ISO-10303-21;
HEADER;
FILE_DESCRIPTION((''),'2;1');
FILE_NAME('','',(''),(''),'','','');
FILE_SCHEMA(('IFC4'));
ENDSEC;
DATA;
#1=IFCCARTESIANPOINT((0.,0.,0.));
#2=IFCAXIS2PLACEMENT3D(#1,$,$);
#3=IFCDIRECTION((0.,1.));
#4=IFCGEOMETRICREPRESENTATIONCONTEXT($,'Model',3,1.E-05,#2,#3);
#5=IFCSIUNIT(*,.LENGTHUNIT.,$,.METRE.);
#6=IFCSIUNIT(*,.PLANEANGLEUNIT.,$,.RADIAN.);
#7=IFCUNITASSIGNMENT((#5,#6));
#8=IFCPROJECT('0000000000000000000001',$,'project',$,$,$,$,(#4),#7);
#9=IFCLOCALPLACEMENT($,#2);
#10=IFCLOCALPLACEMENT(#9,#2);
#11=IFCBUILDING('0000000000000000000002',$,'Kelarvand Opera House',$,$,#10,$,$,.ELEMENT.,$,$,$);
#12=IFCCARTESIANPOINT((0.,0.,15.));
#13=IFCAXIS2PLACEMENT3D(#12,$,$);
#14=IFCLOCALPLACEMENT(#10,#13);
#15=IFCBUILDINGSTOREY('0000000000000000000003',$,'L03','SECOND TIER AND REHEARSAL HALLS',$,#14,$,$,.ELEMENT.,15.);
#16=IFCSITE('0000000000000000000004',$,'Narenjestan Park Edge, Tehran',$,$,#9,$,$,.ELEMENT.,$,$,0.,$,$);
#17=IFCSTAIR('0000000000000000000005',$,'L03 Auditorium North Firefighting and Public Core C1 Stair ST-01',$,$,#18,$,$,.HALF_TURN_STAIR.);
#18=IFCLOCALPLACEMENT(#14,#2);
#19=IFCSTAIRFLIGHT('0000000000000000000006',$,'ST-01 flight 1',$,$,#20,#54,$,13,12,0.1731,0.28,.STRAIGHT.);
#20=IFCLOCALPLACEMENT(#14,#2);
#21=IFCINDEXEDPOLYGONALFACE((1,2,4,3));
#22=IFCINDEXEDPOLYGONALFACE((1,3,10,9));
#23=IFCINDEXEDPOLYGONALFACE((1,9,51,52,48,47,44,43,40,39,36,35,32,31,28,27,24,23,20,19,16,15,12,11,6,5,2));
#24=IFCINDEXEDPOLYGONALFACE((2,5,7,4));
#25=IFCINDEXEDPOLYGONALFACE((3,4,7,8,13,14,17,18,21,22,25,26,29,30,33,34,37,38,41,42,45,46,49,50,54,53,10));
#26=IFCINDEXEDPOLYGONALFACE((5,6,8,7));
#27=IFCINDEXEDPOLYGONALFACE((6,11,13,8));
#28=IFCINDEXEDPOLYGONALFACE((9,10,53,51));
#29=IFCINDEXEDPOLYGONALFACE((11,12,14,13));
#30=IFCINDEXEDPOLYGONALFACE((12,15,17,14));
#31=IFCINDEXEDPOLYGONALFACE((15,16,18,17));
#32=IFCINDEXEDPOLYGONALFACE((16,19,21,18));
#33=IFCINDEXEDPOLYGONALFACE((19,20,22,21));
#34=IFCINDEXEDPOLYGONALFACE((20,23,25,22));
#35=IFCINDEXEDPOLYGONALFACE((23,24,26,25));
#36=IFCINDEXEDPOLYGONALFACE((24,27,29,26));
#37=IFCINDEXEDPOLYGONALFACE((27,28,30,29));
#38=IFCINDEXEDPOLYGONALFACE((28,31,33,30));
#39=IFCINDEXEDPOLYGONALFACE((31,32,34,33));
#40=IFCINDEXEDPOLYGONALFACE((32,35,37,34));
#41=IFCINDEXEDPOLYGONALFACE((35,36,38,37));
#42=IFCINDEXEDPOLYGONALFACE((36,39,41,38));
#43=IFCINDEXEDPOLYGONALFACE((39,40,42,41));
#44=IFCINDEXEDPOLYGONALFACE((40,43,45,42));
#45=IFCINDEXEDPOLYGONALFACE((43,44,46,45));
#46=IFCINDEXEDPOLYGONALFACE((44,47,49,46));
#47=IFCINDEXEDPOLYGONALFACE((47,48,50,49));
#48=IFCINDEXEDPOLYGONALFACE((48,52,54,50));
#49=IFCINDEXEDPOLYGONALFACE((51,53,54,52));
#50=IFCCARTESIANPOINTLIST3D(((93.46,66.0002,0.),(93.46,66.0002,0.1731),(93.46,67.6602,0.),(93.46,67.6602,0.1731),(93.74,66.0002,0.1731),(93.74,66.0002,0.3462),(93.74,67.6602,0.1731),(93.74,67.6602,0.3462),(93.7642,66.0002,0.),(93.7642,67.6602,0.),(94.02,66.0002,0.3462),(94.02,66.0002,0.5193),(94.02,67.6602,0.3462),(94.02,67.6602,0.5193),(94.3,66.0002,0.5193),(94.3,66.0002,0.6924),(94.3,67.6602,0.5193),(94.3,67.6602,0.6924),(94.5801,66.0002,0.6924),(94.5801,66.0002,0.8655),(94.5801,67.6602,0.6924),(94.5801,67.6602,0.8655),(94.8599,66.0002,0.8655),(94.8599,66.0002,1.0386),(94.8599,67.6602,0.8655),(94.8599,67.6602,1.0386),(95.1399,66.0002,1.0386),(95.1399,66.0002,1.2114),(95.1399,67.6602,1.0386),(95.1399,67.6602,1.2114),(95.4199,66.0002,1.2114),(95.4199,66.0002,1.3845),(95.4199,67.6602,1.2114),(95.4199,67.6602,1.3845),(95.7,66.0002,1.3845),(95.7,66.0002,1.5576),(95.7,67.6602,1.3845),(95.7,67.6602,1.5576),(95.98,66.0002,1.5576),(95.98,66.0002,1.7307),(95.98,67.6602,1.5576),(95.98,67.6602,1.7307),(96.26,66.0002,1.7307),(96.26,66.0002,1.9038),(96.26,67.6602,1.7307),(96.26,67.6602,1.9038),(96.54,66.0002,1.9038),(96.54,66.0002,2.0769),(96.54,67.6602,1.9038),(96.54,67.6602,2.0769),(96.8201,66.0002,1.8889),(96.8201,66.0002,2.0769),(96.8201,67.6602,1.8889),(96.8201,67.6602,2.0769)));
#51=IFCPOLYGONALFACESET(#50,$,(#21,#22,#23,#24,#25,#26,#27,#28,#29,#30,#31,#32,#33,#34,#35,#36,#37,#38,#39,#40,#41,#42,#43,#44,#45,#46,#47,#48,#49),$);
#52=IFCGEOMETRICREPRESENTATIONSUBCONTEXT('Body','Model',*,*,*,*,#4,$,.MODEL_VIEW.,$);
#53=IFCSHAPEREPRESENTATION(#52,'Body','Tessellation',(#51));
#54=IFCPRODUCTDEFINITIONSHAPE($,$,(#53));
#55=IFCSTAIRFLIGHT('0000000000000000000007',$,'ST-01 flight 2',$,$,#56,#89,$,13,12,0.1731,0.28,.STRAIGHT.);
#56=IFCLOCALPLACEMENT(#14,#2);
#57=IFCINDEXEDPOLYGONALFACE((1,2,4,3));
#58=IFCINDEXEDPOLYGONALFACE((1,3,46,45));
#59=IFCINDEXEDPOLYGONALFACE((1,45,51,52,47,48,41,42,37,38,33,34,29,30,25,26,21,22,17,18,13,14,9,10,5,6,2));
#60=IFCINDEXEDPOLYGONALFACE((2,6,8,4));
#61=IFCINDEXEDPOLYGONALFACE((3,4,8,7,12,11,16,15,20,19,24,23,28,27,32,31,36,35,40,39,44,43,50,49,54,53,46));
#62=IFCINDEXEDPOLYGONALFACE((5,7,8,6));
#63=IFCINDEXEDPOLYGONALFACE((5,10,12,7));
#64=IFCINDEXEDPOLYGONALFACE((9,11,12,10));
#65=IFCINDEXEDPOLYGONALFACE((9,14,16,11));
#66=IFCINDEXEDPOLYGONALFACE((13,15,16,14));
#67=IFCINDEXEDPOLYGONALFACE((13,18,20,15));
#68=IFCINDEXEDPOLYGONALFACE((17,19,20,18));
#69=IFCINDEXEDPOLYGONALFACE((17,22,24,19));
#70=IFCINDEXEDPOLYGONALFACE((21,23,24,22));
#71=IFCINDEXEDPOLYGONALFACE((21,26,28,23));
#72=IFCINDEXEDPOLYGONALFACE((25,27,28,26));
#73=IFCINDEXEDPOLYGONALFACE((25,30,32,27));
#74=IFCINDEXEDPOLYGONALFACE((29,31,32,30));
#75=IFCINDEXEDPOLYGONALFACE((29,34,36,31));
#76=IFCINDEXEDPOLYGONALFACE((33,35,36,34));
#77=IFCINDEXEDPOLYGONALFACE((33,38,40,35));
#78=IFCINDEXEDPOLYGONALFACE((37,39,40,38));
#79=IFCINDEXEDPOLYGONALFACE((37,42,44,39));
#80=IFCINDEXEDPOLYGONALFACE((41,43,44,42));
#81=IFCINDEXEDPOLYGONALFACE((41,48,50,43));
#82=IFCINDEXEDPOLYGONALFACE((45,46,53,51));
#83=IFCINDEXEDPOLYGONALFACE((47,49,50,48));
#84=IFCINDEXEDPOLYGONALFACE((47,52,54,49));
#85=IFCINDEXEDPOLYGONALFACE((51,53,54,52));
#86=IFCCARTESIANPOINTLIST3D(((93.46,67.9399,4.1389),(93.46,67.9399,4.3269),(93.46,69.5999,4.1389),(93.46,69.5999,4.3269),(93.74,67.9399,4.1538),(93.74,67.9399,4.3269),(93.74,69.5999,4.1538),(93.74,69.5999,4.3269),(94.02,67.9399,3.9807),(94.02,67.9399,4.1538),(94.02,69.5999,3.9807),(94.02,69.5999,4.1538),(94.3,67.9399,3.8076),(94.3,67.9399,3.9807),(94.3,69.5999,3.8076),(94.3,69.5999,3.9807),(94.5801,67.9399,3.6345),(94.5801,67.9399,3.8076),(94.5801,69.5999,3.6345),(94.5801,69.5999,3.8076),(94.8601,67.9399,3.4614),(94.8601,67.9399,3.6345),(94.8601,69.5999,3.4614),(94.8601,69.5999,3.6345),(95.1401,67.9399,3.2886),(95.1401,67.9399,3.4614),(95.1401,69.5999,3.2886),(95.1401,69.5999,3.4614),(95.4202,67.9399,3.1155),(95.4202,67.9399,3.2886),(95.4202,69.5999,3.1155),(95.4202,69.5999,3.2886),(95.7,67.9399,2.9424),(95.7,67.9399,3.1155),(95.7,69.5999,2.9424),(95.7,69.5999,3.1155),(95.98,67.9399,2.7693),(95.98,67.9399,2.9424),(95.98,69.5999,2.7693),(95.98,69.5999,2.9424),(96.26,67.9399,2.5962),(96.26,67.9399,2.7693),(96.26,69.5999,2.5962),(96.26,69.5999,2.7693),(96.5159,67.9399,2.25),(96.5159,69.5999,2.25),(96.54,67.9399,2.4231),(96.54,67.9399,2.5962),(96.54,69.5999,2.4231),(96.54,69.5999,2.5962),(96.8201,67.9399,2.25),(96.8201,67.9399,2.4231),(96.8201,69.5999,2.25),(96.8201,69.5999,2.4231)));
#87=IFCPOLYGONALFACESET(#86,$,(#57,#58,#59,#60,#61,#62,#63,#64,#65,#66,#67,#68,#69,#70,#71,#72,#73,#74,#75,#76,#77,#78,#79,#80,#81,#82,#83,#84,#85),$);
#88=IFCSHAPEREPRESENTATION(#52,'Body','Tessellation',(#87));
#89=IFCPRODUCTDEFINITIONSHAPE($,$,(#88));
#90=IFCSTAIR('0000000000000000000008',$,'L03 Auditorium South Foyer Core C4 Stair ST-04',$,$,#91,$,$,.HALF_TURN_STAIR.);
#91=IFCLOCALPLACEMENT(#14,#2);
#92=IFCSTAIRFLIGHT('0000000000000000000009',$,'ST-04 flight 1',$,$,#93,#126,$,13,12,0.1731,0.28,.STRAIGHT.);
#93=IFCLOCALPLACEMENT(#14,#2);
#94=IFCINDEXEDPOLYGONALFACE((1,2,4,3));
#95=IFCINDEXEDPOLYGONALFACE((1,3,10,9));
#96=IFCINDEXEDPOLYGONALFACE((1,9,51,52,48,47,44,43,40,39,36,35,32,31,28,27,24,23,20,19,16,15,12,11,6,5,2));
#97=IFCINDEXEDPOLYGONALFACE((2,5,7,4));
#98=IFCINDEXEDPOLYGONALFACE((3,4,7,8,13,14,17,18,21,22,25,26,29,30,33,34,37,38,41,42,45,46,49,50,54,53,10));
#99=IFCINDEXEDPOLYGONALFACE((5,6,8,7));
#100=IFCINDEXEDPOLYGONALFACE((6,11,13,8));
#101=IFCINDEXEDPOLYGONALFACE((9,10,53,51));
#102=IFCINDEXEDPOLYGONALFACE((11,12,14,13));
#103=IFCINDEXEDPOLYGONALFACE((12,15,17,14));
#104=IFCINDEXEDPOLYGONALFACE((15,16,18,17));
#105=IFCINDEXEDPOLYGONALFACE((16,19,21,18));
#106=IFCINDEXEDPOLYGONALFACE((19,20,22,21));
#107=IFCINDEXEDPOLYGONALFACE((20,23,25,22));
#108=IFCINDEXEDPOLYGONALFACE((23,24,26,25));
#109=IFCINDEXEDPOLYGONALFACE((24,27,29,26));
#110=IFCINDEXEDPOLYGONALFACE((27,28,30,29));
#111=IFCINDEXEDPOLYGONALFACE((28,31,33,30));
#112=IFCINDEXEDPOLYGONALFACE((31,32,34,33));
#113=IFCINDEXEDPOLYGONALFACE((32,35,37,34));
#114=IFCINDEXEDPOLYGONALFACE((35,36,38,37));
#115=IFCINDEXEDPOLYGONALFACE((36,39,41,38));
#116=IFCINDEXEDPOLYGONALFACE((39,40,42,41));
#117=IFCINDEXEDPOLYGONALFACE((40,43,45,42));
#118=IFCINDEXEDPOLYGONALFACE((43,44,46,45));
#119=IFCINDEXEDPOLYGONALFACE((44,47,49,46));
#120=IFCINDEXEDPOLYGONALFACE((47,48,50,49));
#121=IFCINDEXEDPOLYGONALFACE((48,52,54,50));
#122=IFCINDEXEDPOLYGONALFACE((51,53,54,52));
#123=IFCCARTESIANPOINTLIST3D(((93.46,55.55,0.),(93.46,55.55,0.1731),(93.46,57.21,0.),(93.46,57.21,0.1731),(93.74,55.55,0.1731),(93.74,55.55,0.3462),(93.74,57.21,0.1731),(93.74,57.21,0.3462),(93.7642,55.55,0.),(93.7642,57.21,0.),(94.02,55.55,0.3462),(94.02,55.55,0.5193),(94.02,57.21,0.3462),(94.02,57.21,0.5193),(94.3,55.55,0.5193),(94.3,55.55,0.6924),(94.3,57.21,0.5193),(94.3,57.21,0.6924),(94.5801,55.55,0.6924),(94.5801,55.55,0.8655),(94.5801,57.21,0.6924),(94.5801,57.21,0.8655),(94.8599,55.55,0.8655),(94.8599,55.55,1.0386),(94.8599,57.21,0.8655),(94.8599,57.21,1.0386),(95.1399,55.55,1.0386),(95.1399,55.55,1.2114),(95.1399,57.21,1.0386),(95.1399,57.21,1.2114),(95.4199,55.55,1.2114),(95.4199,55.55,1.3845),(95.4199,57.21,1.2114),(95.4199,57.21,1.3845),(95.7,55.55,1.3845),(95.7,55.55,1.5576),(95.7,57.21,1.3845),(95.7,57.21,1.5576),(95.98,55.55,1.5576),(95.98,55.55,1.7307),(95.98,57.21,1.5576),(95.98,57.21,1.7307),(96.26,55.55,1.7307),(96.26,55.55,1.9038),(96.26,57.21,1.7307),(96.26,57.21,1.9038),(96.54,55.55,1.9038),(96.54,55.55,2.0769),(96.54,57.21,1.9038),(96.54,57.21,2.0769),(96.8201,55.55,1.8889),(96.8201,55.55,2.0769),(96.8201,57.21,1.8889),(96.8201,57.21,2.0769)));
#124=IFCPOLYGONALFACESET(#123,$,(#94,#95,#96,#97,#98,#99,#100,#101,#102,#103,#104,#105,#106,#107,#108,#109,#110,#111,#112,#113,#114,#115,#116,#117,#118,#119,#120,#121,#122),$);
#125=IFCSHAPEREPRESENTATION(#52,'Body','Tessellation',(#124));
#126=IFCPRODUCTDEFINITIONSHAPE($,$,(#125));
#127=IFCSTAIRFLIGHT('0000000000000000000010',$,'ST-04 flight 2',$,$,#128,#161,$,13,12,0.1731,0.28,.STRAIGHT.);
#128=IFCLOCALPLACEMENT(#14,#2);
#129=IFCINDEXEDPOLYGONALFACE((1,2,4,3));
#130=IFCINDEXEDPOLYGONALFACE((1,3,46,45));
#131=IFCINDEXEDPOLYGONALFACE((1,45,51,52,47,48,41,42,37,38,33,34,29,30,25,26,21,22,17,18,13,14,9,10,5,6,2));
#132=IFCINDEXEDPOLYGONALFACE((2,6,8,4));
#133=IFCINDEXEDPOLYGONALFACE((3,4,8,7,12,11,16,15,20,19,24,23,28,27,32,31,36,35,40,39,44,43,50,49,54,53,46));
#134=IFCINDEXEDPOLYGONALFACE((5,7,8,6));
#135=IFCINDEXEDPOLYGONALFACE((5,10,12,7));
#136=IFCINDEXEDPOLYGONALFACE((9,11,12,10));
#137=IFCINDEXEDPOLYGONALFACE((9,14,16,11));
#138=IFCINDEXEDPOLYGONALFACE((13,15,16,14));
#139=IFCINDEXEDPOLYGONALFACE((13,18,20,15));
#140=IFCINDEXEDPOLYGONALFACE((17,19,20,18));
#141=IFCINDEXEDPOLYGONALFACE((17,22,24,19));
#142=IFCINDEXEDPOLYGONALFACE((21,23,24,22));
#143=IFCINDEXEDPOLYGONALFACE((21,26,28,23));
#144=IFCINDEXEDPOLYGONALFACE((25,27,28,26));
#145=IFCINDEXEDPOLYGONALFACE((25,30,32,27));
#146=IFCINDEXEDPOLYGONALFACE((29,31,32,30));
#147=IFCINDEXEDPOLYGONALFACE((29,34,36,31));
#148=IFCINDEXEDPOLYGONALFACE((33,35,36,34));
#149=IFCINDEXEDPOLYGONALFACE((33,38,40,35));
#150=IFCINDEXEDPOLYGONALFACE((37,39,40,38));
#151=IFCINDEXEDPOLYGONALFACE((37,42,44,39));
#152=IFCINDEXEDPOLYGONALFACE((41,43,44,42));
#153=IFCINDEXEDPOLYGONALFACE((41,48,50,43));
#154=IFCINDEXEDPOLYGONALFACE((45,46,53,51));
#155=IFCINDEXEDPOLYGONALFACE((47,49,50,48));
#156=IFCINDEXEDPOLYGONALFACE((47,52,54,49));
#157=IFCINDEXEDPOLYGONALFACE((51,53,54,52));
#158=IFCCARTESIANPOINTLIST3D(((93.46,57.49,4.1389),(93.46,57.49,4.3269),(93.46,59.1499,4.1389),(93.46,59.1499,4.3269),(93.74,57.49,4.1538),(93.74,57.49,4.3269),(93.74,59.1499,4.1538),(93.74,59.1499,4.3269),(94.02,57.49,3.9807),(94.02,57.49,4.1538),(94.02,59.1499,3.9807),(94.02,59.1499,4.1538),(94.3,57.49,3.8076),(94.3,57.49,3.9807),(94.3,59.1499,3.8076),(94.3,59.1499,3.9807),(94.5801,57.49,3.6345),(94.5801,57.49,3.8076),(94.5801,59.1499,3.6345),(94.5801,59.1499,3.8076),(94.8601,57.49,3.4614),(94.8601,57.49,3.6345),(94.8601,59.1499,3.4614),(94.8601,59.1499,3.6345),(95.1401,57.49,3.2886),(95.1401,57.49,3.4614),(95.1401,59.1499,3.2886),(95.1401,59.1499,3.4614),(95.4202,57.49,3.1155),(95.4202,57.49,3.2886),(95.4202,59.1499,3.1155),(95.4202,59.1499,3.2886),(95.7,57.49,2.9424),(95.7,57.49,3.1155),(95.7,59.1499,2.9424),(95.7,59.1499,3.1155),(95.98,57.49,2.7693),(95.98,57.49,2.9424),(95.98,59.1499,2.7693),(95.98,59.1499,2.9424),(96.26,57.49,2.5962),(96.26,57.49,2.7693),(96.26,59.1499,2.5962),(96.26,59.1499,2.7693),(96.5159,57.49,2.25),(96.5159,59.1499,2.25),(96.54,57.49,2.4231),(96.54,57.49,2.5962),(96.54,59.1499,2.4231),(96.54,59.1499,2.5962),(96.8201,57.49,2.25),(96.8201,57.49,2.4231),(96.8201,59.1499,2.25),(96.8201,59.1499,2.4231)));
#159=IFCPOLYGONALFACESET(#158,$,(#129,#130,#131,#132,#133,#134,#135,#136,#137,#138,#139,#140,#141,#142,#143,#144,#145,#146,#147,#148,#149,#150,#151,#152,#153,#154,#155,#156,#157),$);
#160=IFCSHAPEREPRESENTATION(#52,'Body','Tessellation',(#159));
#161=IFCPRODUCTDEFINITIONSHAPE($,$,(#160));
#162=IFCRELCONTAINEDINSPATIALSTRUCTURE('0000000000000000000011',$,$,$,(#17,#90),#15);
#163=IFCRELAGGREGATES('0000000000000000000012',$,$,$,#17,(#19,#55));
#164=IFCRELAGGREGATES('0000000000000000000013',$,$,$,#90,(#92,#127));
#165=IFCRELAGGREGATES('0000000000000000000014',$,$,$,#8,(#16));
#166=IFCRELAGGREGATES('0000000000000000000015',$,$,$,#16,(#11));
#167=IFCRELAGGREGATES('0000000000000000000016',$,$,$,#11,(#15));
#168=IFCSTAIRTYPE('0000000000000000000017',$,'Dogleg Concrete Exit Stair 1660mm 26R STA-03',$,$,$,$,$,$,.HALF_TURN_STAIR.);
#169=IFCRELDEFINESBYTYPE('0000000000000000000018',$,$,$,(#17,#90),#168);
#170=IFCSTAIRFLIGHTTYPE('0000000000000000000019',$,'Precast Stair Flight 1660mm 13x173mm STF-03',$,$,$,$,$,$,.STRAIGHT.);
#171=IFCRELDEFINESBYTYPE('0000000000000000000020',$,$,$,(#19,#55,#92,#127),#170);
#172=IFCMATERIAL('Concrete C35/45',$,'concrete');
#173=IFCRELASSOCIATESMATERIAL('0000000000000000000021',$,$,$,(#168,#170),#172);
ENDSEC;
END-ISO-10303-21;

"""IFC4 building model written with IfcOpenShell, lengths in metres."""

from ifc_helpers import new_model, si_unit, direction, frame, origin, place, context, subcontext, project, spatial, polyline, outline, extrude, material, type_object, element, aggregate, save


model = new_model("IFC4")

# Units and contexts
model_context = context("Model", 3, precision=1e-05, world=origin(), true_north=direction((0.0, 1.0)))
body_context = subcontext(model_context, "Body", "Model", "MODEL_VIEW")
ifc_project = project(units=[si_unit("LENGTHUNIT", "METRE"), si_unit("PLANEANGLEUNIT", "RADIAN")], contexts=[model_context])

# Site, building, storey
site_placement = place(None, origin())
site = spatial("IfcSite", under=ifc_project, at=site_placement, Name="Narenjestan Park Edge, Tehran", CompositionType="ELEMENT", RefElevation=0.0)
building_placement = place(site_placement, origin())
building = spatial("IfcBuilding", under=site, at=building_placement, Name="Kelarvand Opera House", CompositionType="ELEMENT")
storey_placement = place(building_placement, frame((0.0, 0.0, 15.0)))
storey = spatial("IfcBuildingStorey", under=building, at=storey_placement, Name="L03", Description="SECOND TIER AND REHEARSAL HALLS", CompositionType="ELEMENT", Elevation=15.0)

# Shared definitions
ifc_material_1 = material(Name="Concrete C35/45", Category="concrete")

# Stairs, stair flights
stair_type = type_object("IfcStairType", Name="Dogleg Concrete Exit Stair 1660mm 26R STA-03", PredefinedType="HALF_TURN_STAIR", material=ifc_material_1)
stair_1_placement = place(storey_placement, origin())
stair_1 = element("IfcStair", 1, at=stair_1_placement, inside=storey, type_object=stair_type, Name="L03 Auditorium North Firefighting and Public Core C1 Stair ST-01", PredefinedType="HALF_TURN_STAIR")
stair_flight_type = type_object("IfcStairFlightType", Name="Precast Stair Flight 1660mm 13x173mm STF-03", PredefinedType="STRAIGHT", material=ifc_material_1)
stair_flight_1_placement = place(storey_placement, frame((93.46, 66.8301, 0.0), z_axis=(0.0, 0.0, 1.0), x_axis=(1.0, 0.0, 0.0)))
stair_flight_1 = element("IfcStairFlight", 2, at=stair_flight_1_placement, type_object=stair_flight_type, Name="ST-01 flight 1", NumberOfRisers=13, NumberOfTreads=12, PredefinedType="STRAIGHT", RiserHeight=0.1731, TreadLength=0.28, context=body_context, shape_type="SweptSolid", body=[
    extrude(outline(polyline([(0.0, 0.0), (0.0, 0.1731), (0.28, 0.1731), (0.28, 0.3462), (0.5601, 0.3462), (0.5601, 0.5193), (0.8401, 0.5193), (0.8401, 0.6924), (1.1201, 0.6924), (1.1201, 0.8655), (1.3999, 0.8655), (1.3999, 1.0386), (1.6799, 1.0386), (1.6799, 1.2114), (1.96, 1.2114), (1.96, 1.3845), (2.24, 1.3845), (2.24, 1.5576), (2.52, 1.5576), (2.52, 1.7307), (2.8, 1.7307), (2.8, 1.9038), (3.0801, 1.9038), (3.0801, 2.0769), (3.3601, 2.0769), (3.3601, 2.25), (3.3601, 1.8889), (0.3042, 0.0), (0.0, 0.0)])), frame((0.0, 0.8301, 0.0), z_axis=(0.0, -1.0, 0.0), x_axis=(1.0, 0.0, 0.0)), (0.0, 0.0, 1.0), 1.6599),
])
stair_flight_2_placement = place(storey_placement, frame((96.8201, 68.77, 2.25), z_axis=(0.0, 0.0, 1.0), x_axis=(-1.0, 0.0, 0.0)))
stair_flight_2 = element("IfcStairFlight", 3, at=stair_flight_2_placement, type_object=stair_flight_type, Name="ST-01 flight 2", NumberOfRisers=13, NumberOfTreads=12, PredefinedType="STRAIGHT", RiserHeight=0.1731, TreadLength=0.28, context=body_context, shape_type="SweptSolid", body=[
    extrude(outline(polyline([(0.0, 0.0), (0.0, 0.1731), (0.28, 0.1731), (0.28, 0.3462), (0.5601, 0.3462), (0.5601, 0.5193), (0.8401, 0.5193), (0.8401, 0.6924), (1.1201, 0.6924), (1.1201, 0.8655), (1.3999, 0.8655), (1.3999, 1.0386), (1.6799, 1.0386), (1.6799, 1.2114), (1.96, 1.2114), (1.96, 1.3845), (2.24, 1.3845), (2.24, 1.5576), (2.52, 1.5576), (2.52, 1.7307), (2.8, 1.7307), (2.8, 1.9038), (3.0801, 1.9038), (3.0801, 2.0769), (3.3601, 2.0769), (3.3601, 2.25), (3.3601, 1.8889), (0.3042, 0.0), (0.0, 0.0)])), frame((0.0, 0.8301, 0.0), z_axis=(0.0, -1.0, 0.0), x_axis=(1.0, 0.0, 0.0)), (0.0, 0.0, 1.0), 1.6599),
])
aggregate(stair_1, [stair_flight_1, stair_flight_2])
stair_2_placement = place(storey_placement, origin())
stair_2 = element("IfcStair", 4, at=stair_2_placement, inside=storey, type_object=stair_type, Name="L03 Auditorium South Foyer Core C4 Stair ST-04", PredefinedType="HALF_TURN_STAIR")
stair_flight_3_placement = place(storey_placement, frame((93.46, 56.3799, 0.0), z_axis=(0.0, 0.0, 1.0), x_axis=(1.0, 0.0, 0.0)))
stair_flight_3 = element("IfcStairFlight", 5, at=stair_flight_3_placement, type_object=stair_flight_type, Name="ST-04 flight 1", NumberOfRisers=13, NumberOfTreads=12, PredefinedType="STRAIGHT", RiserHeight=0.1731, TreadLength=0.28, context=body_context, shape_type="SweptSolid", body=[
    extrude(outline(polyline([(0.0, 0.0), (0.0, 0.1731), (0.28, 0.1731), (0.28, 0.3462), (0.5601, 0.3462), (0.5601, 0.5193), (0.8401, 0.5193), (0.8401, 0.6924), (1.1201, 0.6924), (1.1201, 0.8655), (1.3999, 0.8655), (1.3999, 1.0386), (1.6799, 1.0386), (1.6799, 1.2114), (1.96, 1.2114), (1.96, 1.3845), (2.24, 1.3845), (2.24, 1.5576), (2.52, 1.5576), (2.52, 1.7307), (2.8, 1.7307), (2.8, 1.9038), (3.0801, 1.9038), (3.0801, 2.0769), (3.3601, 2.0769), (3.3601, 2.25), (3.3601, 1.8889), (0.3042, 0.0), (0.0, 0.0)])), frame((0.0, 0.8301, 0.0), z_axis=(0.0, -1.0, 0.0), x_axis=(1.0, 0.0, 0.0)), (0.0, 0.0, 1.0), 1.6599),
])
stair_flight_4_placement = place(storey_placement, frame((96.8201, 58.3201, 2.25), z_axis=(0.0, 0.0, 1.0), x_axis=(-1.0, 0.0, 0.0)))
stair_flight_4 = element("IfcStairFlight", 6, at=stair_flight_4_placement, type_object=stair_flight_type, Name="ST-04 flight 2", NumberOfRisers=13, NumberOfTreads=12, PredefinedType="STRAIGHT", RiserHeight=0.1731, TreadLength=0.28, context=body_context, shape_type="SweptSolid", body=[
    extrude(outline(polyline([(0.0, 0.0), (0.0, 0.1731), (0.28, 0.1731), (0.28, 0.3462), (0.5601, 0.3462), (0.5601, 0.5193), (0.8401, 0.5193), (0.8401, 0.6924), (1.1201, 0.6924), (1.1201, 0.8655), (1.3999, 0.8655), (1.3999, 1.0386), (1.6799, 1.0386), (1.6799, 1.2114), (1.96, 1.2114), (1.96, 1.3845), (2.24, 1.3845), (2.24, 1.5576), (2.52, 1.5576), (2.52, 1.7307), (2.8, 1.7307), (2.8, 1.9038), (3.0801, 1.9038), (3.0801, 2.0769), (3.3601, 2.0769), (3.3601, 2.25), (3.3601, 1.8889), (0.3042, 0.0), (0.0, 0.0)])), frame((0.0, 0.8301, 0.0), z_axis=(0.0, -1.0, 0.0), x_axis=(1.0, 0.0, 0.0)), (0.0, 0.0, 1.0), 1.6599),
])
aggregate(stair_2, [stair_flight_3, stair_flight_4])

save(model, "model.ifc")
